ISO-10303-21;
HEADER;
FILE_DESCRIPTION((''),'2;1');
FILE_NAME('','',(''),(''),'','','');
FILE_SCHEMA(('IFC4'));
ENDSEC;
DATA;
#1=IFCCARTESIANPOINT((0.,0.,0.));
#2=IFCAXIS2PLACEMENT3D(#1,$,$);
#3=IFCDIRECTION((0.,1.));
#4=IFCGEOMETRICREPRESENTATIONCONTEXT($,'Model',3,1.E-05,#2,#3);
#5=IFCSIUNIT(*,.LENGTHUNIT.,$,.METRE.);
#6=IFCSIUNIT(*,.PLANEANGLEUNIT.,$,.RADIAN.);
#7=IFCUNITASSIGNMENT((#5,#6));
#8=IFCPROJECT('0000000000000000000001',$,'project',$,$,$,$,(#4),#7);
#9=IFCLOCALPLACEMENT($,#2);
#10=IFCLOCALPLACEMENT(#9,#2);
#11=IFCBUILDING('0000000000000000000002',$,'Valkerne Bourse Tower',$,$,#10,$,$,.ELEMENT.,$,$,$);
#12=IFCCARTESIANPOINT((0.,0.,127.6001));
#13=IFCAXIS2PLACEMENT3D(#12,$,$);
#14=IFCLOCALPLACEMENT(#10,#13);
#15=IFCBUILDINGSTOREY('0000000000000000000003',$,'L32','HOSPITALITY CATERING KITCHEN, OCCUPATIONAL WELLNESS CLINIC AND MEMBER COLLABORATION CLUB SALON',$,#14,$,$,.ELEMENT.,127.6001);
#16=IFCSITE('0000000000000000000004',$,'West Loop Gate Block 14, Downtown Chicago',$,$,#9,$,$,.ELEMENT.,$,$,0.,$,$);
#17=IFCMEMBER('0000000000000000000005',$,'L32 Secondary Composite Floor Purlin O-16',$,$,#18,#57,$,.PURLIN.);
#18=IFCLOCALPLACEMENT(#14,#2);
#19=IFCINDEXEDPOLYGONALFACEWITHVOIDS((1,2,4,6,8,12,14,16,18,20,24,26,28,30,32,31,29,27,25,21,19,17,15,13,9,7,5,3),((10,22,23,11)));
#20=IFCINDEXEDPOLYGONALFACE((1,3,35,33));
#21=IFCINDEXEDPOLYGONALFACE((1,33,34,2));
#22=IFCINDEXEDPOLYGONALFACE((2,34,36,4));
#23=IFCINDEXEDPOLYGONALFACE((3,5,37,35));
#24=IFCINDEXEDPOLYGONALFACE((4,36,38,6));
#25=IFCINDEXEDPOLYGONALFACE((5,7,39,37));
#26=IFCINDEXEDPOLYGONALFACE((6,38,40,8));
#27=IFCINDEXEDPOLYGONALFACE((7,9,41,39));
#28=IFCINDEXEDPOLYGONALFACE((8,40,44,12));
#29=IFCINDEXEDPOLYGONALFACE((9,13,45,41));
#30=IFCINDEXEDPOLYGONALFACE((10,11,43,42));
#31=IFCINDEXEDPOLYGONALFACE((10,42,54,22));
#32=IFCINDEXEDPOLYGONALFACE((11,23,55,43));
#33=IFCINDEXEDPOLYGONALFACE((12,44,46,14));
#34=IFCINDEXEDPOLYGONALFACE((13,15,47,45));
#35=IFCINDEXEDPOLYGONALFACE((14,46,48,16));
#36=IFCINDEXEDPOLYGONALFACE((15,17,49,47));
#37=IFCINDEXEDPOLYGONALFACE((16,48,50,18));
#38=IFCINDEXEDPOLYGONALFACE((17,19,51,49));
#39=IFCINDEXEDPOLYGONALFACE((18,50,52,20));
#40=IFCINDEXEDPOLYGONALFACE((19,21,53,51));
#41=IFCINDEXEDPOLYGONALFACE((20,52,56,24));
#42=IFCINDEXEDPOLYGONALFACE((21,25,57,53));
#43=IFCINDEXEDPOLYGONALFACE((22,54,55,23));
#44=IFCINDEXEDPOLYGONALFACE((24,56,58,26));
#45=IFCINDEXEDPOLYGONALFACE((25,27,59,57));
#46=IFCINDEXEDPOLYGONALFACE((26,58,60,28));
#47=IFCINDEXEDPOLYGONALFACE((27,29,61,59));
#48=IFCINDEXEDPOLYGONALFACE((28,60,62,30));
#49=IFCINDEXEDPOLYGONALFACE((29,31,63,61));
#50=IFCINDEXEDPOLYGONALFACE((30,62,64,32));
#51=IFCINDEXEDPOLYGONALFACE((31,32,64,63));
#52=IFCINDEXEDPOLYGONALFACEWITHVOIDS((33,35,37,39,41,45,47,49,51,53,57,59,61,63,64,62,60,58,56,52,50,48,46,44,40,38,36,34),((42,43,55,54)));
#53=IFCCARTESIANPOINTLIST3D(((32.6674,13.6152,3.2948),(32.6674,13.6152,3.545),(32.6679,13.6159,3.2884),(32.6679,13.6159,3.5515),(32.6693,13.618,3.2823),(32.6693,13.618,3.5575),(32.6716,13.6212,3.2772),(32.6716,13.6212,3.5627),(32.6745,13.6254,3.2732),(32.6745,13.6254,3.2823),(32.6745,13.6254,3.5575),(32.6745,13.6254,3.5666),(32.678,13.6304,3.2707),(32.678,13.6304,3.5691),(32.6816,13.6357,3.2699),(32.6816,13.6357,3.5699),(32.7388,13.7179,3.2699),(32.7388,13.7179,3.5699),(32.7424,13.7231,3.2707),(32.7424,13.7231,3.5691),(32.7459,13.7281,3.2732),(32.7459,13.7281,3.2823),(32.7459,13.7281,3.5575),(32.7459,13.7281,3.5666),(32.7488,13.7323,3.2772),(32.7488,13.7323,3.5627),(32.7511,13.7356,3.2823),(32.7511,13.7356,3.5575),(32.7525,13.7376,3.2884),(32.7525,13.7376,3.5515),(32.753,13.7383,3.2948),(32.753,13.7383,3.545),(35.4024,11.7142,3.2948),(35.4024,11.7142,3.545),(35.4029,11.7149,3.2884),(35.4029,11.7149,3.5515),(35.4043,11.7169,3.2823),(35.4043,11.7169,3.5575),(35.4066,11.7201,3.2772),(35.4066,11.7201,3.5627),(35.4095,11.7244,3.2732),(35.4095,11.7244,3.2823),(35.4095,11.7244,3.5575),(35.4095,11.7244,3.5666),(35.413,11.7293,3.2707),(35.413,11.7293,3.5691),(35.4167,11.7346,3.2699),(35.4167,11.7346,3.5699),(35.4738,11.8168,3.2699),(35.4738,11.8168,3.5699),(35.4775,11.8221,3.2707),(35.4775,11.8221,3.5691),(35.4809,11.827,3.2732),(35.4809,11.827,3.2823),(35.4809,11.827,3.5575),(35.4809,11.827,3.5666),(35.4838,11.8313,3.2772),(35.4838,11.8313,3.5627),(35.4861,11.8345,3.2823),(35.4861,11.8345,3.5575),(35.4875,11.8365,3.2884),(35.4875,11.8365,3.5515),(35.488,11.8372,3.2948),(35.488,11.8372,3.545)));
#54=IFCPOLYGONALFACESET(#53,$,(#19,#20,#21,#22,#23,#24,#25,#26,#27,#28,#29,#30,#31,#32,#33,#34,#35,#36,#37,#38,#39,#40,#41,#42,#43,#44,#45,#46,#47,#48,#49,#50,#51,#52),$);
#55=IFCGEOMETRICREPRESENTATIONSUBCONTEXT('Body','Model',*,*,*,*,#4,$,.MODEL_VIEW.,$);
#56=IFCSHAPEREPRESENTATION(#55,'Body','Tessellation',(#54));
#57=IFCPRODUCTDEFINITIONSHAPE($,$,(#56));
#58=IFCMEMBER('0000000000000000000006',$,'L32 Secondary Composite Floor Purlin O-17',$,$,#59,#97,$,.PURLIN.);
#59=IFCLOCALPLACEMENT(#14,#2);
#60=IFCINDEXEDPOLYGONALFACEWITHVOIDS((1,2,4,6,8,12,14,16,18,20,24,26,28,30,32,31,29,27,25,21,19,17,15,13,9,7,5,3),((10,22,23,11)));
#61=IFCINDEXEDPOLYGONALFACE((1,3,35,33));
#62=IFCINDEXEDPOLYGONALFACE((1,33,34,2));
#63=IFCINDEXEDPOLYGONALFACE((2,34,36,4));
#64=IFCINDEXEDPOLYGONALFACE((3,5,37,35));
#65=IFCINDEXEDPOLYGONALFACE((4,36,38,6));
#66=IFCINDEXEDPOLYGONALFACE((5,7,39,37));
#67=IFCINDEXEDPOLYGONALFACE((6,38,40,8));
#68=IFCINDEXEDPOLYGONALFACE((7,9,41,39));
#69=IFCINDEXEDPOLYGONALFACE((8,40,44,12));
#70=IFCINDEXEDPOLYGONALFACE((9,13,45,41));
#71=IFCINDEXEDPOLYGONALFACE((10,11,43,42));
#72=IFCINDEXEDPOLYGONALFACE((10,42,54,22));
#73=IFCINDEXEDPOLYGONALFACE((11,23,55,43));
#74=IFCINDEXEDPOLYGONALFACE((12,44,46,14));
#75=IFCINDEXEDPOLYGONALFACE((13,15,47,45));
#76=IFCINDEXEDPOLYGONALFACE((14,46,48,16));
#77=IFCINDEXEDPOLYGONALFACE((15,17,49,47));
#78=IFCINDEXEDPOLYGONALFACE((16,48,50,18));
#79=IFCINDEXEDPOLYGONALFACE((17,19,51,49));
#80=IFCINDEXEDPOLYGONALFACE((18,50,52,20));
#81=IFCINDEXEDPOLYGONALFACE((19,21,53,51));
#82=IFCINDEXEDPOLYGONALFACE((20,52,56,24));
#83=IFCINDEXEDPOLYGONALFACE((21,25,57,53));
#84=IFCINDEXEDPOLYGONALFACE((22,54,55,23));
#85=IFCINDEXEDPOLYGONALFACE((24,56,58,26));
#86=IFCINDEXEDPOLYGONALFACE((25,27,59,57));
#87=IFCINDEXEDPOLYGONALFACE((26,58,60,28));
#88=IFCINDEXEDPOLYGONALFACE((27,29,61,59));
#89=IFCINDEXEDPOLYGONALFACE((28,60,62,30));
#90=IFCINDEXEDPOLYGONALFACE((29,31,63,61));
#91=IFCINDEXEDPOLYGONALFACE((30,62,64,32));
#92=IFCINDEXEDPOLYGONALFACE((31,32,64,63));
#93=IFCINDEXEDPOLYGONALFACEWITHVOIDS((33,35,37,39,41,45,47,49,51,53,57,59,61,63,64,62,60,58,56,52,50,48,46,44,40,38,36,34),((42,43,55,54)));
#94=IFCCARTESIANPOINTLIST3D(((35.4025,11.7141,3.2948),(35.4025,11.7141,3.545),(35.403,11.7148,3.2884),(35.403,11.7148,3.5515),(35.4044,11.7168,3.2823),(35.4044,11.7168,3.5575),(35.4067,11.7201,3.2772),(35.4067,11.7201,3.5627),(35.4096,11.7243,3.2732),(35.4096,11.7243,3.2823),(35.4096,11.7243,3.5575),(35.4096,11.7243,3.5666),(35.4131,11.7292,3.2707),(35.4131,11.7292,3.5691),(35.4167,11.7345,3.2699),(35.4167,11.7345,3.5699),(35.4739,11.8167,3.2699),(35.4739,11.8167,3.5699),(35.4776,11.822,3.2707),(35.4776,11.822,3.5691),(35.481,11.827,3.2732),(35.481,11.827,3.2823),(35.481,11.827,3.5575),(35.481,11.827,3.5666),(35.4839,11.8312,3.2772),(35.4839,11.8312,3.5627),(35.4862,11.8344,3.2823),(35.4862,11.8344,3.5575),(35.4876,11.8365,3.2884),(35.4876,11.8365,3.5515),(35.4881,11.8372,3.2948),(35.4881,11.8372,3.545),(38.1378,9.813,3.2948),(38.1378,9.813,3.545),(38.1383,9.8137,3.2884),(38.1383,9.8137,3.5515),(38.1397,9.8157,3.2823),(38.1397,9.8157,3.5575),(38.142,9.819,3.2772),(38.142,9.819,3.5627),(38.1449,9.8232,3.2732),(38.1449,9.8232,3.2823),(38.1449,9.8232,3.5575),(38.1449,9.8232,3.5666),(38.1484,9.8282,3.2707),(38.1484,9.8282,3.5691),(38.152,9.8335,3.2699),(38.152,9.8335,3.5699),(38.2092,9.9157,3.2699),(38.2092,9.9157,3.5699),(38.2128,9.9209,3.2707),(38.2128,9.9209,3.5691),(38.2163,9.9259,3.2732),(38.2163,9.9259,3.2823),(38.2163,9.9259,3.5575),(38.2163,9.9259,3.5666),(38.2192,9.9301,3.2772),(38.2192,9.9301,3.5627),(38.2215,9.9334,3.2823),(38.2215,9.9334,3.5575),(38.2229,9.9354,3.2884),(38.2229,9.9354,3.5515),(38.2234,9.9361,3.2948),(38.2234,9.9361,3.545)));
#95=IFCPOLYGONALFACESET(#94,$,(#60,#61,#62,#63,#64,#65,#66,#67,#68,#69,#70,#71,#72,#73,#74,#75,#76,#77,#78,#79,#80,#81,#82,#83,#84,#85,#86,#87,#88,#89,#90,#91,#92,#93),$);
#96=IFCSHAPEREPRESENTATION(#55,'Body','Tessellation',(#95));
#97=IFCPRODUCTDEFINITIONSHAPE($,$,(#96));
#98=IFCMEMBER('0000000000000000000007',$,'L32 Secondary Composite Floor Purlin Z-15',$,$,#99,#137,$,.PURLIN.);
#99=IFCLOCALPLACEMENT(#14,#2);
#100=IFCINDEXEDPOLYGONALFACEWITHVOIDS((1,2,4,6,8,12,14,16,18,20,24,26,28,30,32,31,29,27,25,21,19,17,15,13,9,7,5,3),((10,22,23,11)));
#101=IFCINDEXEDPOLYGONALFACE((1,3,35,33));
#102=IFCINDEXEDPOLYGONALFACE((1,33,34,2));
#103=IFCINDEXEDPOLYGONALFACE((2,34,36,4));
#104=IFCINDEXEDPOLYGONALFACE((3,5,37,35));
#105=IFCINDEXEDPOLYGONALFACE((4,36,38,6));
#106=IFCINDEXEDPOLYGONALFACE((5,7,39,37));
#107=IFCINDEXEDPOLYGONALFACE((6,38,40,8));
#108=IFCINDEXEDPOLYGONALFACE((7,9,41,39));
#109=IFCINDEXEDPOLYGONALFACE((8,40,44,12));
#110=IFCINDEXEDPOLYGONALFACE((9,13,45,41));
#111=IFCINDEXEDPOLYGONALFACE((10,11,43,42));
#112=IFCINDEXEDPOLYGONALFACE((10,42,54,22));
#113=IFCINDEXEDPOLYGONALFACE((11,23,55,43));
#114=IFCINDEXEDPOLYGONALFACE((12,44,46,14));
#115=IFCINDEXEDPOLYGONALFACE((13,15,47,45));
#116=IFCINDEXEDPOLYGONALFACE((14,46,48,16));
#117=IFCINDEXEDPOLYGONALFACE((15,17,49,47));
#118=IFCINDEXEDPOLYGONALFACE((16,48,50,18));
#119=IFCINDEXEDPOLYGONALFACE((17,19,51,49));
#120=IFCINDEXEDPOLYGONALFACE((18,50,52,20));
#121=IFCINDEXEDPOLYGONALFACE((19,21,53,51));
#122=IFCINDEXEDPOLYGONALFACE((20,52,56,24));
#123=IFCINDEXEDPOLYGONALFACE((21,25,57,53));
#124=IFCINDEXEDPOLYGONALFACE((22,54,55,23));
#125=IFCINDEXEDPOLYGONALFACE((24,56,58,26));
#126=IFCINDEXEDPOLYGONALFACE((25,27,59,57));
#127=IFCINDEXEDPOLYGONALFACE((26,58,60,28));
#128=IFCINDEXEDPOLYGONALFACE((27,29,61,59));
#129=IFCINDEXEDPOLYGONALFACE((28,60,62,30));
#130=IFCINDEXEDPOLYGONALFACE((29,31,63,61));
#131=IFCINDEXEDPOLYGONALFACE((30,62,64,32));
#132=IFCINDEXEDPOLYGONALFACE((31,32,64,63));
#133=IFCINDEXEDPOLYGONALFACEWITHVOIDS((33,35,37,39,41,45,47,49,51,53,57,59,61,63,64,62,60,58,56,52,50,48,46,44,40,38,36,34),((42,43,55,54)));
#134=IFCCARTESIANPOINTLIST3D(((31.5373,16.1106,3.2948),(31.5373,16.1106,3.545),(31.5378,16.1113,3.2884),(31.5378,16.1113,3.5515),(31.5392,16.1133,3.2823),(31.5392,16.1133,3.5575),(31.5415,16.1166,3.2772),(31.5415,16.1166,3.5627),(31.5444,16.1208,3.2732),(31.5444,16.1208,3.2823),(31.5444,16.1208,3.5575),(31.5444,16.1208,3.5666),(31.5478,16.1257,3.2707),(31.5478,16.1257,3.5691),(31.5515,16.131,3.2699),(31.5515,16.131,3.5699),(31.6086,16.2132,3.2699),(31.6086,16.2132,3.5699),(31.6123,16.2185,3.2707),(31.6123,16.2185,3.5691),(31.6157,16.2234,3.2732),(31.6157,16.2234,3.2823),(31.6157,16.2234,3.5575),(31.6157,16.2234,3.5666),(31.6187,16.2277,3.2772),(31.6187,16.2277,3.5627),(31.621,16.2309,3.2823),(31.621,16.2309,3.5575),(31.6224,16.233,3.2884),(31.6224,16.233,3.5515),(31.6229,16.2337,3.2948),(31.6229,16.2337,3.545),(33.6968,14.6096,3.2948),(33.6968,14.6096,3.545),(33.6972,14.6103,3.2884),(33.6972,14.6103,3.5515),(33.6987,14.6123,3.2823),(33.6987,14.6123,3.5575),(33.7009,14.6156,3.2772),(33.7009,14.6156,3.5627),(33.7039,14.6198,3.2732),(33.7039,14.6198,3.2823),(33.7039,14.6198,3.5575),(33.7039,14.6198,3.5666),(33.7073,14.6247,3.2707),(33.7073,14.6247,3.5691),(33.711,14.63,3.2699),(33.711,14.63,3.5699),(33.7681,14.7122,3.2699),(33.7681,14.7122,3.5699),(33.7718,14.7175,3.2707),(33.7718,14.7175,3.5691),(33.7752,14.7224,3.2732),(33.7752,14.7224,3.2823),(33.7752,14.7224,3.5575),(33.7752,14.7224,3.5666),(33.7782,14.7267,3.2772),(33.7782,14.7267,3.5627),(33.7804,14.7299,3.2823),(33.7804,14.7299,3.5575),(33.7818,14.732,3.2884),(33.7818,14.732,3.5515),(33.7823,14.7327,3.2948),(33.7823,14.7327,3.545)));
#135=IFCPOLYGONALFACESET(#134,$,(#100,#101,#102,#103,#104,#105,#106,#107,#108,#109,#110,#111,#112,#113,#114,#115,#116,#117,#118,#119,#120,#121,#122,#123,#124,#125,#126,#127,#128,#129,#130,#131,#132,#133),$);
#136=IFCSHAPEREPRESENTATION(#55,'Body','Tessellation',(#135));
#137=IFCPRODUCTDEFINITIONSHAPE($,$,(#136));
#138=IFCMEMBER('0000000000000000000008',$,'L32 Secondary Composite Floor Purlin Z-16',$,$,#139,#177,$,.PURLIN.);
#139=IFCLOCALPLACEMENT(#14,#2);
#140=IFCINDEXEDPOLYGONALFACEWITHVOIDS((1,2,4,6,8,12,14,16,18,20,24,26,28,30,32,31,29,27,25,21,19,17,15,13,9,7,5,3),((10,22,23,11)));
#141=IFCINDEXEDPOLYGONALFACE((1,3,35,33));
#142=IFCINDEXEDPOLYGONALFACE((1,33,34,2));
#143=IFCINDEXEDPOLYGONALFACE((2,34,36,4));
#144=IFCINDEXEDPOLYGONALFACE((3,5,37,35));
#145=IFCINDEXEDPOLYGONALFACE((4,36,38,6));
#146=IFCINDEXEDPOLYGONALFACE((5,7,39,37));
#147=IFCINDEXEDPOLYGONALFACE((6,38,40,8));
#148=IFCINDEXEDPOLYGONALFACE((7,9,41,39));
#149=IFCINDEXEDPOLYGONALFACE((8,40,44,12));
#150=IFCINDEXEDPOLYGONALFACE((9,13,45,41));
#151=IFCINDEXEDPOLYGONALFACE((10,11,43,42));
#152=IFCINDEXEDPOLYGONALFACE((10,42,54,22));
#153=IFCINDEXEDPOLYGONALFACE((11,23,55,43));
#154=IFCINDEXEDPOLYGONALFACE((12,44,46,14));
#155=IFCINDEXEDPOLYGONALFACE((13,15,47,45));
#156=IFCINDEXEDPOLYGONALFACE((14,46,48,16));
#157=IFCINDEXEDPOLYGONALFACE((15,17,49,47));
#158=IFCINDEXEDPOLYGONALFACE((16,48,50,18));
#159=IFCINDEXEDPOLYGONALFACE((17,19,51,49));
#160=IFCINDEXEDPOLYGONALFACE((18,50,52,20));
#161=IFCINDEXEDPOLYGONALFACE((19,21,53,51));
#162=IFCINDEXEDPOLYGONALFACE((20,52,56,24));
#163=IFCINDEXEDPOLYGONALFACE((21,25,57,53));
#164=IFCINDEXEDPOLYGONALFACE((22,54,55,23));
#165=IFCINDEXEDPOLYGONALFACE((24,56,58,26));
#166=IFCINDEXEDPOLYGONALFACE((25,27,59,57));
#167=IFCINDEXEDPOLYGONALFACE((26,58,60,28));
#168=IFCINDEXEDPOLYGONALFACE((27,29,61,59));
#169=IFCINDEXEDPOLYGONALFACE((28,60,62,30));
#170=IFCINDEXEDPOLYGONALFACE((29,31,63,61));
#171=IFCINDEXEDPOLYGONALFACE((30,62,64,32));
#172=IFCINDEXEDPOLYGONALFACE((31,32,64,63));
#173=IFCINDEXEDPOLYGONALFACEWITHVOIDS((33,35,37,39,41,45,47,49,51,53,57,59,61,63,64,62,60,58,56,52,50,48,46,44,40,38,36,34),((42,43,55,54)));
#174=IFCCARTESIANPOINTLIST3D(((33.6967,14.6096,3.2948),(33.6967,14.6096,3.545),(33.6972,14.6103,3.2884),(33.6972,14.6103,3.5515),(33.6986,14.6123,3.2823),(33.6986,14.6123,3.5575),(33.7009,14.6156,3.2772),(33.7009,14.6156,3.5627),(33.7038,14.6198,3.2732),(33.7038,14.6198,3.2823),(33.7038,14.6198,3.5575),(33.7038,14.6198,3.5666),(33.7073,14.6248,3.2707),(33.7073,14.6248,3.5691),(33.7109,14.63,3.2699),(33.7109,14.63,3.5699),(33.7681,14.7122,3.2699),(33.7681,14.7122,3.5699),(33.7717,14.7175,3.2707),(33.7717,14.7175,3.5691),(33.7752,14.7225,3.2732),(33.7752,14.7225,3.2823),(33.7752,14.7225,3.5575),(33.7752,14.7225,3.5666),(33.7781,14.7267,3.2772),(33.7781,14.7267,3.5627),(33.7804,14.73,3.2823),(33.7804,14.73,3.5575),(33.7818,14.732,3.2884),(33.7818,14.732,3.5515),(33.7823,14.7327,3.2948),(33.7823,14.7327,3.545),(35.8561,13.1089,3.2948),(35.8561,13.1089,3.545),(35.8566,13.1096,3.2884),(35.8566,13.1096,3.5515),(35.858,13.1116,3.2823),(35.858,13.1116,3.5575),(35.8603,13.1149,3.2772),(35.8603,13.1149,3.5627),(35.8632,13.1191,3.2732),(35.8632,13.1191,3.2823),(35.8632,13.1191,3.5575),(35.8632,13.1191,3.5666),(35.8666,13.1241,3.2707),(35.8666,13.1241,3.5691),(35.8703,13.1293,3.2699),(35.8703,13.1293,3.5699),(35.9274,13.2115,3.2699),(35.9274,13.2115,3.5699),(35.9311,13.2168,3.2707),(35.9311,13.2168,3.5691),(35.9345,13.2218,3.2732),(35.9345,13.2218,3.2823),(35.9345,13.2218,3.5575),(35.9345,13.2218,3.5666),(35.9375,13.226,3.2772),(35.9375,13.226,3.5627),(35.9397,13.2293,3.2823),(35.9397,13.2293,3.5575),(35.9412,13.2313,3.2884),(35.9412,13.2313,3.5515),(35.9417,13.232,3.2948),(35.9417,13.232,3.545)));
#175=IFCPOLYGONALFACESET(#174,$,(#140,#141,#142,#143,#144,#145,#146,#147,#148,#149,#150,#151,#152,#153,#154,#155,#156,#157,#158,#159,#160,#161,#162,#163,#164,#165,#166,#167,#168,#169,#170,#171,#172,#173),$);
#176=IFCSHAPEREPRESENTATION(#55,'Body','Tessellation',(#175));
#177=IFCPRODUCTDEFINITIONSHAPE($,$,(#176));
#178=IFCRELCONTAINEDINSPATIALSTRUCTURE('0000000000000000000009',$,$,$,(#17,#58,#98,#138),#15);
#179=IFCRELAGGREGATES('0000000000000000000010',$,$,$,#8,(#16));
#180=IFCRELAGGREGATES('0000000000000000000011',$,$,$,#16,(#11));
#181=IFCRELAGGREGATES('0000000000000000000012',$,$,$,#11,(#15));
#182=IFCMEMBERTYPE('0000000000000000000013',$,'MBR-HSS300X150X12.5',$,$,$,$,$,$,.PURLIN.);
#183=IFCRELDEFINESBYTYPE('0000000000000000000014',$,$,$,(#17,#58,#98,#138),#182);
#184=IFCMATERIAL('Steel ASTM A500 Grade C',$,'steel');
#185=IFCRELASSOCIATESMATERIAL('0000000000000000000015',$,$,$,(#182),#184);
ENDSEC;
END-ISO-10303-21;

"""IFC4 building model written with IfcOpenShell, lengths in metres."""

from ifc_helpers import new_model, si_unit, direction, frame, origin, origin_2d, place, context, subcontext, project, spatial, hollow_rectangle, extrude, material, material_profile, profile_set, type_object, element, save


model = new_model("IFC4")

# Units and contexts
model_context = context("Model", 3, precision=1e-05, world=origin(), true_north=direction((0.0, 1.0)))
body_context = subcontext(model_context, "Body", "Model", "MODEL_VIEW")
ifc_project = project(units=[si_unit("LENGTHUNIT", "METRE"), si_unit("PLANEANGLEUNIT", "RADIAN")], contexts=[model_context])

# Site, building, storey
site_placement = place(None, origin())
site = spatial("IfcSite", under=ifc_project, at=site_placement, Name="West Loop Gate Block 14, Downtown Chicago", CompositionType="ELEMENT", RefElevation=0.0)
building_placement = place(site_placement, origin())
building = spatial("IfcBuilding", under=site, at=building_placement, Name="Valkerne Bourse Tower", CompositionType="ELEMENT")
storey_placement = place(building_placement, frame((0.0, 0.0, 127.6001)))
storey = spatial("IfcBuildingStorey", under=building, at=storey_placement, Name="L32", Description="HOSPITALITY CATERING KITCHEN, OCCUPATIONAL WELLNESS CLINIC AND MEMBER COLLABORATION CLUB SALON", CompositionType="ELEMENT", Elevation=127.6001)

# Members
ifc_material_1 = material(Name="Steel ASTM A500 Grade C", Category="steel")
ifc_material_profile_1 = material_profile(ifc_material_1, hollow_rectangle(XDim=0.1499, YDim=0.3, WallThickness=0.0125, OuterFilletRadius=0.0249, at=origin_2d()), Name="HSS300X150X12.5")
ifc_profile_set_1 = profile_set([ifc_material_profile_1], Name="Steel ASTM A500 Grade C")
member_type_1 = type_object("IfcMemberType", Name="MBR-HSS300X150X12.5", PredefinedType="PURLIN", material=ifc_profile_set_1)
member_1_placement = place(storey_placement, frame((32.7102, 13.6768, 3.4199), z_axis=(0.821125, -0.570749, 0.0), x_axis=(0.570749, 0.821125, 0.0)))
element("IfcMember", 1, at=member_1_placement, inside=storey, type_object=member_type_1, Name="L32 Secondary Composite Floor Purlin O-16", PredefinedType="PURLIN", context=body_context, shape_type="SweptSolid", body=[
    extrude(hollow_rectangle(XDim=0.1499, YDim=0.3, WallThickness=0.0125, OuterFilletRadius=0.0249, at=origin_2d()), origin(), (0.0, 0.0, 1.0), 3.3308),
])
member_2_placement = place(storey_placement, frame((35.4453, 11.7756, 3.4199), z_axis=(0.821149, -0.570714, 0.0), x_axis=(0.570714, 0.821149, 0.0)))
element("IfcMember", 2, at=member_2_placement, inside=storey, type_object=member_type_1, Name="L32 Secondary Composite Floor Purlin O-17", PredefinedType="PURLIN", context=body_context, shape_type="SweptSolid", body=[
    extrude(hollow_rectangle(XDim=0.1499, YDim=0.3, WallThickness=0.0125, OuterFilletRadius=0.0249, at=origin_2d()), origin(), (0.0, 0.0, 1.0), 3.3311),
])
member_3_placement = place(storey_placement, frame((31.5801, 16.1721, 3.4199), z_axis=(0.821125, -0.570749, 0.0), x_axis=(0.570749, 0.821125, 0.0)))
element("IfcMember", 3, at=member_3_placement, inside=storey, type_object=member_type_1, Name="L32 Secondary Composite Floor Purlin Z-15", PredefinedType="PURLIN", context=body_context, shape_type="SweptSolid", body=[
    extrude(hollow_rectangle(XDim=0.1499, YDim=0.3, WallThickness=0.0125, OuterFilletRadius=0.0249, at=origin_2d()), origin(), (0.0, 0.0, 1.0), 2.6299),
])
member_4_placement = place(storey_placement, frame((33.7395, 14.6711, 3.4199), z_axis=(0.821168, -0.570686, 0.0), x_axis=(0.570686, 0.821168, 0.0)))
element("IfcMember", 4, at=member_4_placement, inside=storey, type_object=member_type_1, Name="L32 Secondary Composite Floor Purlin Z-16", PredefinedType="PURLIN", context=body_context, shape_type="SweptSolid", body=[
    extrude(hollow_rectangle(XDim=0.1499, YDim=0.3, WallThickness=0.0125, OuterFilletRadius=0.0249, at=origin_2d()), origin(), (0.0, 0.0, 1.0), 2.6296),
])

save(model, "model.ifc")
